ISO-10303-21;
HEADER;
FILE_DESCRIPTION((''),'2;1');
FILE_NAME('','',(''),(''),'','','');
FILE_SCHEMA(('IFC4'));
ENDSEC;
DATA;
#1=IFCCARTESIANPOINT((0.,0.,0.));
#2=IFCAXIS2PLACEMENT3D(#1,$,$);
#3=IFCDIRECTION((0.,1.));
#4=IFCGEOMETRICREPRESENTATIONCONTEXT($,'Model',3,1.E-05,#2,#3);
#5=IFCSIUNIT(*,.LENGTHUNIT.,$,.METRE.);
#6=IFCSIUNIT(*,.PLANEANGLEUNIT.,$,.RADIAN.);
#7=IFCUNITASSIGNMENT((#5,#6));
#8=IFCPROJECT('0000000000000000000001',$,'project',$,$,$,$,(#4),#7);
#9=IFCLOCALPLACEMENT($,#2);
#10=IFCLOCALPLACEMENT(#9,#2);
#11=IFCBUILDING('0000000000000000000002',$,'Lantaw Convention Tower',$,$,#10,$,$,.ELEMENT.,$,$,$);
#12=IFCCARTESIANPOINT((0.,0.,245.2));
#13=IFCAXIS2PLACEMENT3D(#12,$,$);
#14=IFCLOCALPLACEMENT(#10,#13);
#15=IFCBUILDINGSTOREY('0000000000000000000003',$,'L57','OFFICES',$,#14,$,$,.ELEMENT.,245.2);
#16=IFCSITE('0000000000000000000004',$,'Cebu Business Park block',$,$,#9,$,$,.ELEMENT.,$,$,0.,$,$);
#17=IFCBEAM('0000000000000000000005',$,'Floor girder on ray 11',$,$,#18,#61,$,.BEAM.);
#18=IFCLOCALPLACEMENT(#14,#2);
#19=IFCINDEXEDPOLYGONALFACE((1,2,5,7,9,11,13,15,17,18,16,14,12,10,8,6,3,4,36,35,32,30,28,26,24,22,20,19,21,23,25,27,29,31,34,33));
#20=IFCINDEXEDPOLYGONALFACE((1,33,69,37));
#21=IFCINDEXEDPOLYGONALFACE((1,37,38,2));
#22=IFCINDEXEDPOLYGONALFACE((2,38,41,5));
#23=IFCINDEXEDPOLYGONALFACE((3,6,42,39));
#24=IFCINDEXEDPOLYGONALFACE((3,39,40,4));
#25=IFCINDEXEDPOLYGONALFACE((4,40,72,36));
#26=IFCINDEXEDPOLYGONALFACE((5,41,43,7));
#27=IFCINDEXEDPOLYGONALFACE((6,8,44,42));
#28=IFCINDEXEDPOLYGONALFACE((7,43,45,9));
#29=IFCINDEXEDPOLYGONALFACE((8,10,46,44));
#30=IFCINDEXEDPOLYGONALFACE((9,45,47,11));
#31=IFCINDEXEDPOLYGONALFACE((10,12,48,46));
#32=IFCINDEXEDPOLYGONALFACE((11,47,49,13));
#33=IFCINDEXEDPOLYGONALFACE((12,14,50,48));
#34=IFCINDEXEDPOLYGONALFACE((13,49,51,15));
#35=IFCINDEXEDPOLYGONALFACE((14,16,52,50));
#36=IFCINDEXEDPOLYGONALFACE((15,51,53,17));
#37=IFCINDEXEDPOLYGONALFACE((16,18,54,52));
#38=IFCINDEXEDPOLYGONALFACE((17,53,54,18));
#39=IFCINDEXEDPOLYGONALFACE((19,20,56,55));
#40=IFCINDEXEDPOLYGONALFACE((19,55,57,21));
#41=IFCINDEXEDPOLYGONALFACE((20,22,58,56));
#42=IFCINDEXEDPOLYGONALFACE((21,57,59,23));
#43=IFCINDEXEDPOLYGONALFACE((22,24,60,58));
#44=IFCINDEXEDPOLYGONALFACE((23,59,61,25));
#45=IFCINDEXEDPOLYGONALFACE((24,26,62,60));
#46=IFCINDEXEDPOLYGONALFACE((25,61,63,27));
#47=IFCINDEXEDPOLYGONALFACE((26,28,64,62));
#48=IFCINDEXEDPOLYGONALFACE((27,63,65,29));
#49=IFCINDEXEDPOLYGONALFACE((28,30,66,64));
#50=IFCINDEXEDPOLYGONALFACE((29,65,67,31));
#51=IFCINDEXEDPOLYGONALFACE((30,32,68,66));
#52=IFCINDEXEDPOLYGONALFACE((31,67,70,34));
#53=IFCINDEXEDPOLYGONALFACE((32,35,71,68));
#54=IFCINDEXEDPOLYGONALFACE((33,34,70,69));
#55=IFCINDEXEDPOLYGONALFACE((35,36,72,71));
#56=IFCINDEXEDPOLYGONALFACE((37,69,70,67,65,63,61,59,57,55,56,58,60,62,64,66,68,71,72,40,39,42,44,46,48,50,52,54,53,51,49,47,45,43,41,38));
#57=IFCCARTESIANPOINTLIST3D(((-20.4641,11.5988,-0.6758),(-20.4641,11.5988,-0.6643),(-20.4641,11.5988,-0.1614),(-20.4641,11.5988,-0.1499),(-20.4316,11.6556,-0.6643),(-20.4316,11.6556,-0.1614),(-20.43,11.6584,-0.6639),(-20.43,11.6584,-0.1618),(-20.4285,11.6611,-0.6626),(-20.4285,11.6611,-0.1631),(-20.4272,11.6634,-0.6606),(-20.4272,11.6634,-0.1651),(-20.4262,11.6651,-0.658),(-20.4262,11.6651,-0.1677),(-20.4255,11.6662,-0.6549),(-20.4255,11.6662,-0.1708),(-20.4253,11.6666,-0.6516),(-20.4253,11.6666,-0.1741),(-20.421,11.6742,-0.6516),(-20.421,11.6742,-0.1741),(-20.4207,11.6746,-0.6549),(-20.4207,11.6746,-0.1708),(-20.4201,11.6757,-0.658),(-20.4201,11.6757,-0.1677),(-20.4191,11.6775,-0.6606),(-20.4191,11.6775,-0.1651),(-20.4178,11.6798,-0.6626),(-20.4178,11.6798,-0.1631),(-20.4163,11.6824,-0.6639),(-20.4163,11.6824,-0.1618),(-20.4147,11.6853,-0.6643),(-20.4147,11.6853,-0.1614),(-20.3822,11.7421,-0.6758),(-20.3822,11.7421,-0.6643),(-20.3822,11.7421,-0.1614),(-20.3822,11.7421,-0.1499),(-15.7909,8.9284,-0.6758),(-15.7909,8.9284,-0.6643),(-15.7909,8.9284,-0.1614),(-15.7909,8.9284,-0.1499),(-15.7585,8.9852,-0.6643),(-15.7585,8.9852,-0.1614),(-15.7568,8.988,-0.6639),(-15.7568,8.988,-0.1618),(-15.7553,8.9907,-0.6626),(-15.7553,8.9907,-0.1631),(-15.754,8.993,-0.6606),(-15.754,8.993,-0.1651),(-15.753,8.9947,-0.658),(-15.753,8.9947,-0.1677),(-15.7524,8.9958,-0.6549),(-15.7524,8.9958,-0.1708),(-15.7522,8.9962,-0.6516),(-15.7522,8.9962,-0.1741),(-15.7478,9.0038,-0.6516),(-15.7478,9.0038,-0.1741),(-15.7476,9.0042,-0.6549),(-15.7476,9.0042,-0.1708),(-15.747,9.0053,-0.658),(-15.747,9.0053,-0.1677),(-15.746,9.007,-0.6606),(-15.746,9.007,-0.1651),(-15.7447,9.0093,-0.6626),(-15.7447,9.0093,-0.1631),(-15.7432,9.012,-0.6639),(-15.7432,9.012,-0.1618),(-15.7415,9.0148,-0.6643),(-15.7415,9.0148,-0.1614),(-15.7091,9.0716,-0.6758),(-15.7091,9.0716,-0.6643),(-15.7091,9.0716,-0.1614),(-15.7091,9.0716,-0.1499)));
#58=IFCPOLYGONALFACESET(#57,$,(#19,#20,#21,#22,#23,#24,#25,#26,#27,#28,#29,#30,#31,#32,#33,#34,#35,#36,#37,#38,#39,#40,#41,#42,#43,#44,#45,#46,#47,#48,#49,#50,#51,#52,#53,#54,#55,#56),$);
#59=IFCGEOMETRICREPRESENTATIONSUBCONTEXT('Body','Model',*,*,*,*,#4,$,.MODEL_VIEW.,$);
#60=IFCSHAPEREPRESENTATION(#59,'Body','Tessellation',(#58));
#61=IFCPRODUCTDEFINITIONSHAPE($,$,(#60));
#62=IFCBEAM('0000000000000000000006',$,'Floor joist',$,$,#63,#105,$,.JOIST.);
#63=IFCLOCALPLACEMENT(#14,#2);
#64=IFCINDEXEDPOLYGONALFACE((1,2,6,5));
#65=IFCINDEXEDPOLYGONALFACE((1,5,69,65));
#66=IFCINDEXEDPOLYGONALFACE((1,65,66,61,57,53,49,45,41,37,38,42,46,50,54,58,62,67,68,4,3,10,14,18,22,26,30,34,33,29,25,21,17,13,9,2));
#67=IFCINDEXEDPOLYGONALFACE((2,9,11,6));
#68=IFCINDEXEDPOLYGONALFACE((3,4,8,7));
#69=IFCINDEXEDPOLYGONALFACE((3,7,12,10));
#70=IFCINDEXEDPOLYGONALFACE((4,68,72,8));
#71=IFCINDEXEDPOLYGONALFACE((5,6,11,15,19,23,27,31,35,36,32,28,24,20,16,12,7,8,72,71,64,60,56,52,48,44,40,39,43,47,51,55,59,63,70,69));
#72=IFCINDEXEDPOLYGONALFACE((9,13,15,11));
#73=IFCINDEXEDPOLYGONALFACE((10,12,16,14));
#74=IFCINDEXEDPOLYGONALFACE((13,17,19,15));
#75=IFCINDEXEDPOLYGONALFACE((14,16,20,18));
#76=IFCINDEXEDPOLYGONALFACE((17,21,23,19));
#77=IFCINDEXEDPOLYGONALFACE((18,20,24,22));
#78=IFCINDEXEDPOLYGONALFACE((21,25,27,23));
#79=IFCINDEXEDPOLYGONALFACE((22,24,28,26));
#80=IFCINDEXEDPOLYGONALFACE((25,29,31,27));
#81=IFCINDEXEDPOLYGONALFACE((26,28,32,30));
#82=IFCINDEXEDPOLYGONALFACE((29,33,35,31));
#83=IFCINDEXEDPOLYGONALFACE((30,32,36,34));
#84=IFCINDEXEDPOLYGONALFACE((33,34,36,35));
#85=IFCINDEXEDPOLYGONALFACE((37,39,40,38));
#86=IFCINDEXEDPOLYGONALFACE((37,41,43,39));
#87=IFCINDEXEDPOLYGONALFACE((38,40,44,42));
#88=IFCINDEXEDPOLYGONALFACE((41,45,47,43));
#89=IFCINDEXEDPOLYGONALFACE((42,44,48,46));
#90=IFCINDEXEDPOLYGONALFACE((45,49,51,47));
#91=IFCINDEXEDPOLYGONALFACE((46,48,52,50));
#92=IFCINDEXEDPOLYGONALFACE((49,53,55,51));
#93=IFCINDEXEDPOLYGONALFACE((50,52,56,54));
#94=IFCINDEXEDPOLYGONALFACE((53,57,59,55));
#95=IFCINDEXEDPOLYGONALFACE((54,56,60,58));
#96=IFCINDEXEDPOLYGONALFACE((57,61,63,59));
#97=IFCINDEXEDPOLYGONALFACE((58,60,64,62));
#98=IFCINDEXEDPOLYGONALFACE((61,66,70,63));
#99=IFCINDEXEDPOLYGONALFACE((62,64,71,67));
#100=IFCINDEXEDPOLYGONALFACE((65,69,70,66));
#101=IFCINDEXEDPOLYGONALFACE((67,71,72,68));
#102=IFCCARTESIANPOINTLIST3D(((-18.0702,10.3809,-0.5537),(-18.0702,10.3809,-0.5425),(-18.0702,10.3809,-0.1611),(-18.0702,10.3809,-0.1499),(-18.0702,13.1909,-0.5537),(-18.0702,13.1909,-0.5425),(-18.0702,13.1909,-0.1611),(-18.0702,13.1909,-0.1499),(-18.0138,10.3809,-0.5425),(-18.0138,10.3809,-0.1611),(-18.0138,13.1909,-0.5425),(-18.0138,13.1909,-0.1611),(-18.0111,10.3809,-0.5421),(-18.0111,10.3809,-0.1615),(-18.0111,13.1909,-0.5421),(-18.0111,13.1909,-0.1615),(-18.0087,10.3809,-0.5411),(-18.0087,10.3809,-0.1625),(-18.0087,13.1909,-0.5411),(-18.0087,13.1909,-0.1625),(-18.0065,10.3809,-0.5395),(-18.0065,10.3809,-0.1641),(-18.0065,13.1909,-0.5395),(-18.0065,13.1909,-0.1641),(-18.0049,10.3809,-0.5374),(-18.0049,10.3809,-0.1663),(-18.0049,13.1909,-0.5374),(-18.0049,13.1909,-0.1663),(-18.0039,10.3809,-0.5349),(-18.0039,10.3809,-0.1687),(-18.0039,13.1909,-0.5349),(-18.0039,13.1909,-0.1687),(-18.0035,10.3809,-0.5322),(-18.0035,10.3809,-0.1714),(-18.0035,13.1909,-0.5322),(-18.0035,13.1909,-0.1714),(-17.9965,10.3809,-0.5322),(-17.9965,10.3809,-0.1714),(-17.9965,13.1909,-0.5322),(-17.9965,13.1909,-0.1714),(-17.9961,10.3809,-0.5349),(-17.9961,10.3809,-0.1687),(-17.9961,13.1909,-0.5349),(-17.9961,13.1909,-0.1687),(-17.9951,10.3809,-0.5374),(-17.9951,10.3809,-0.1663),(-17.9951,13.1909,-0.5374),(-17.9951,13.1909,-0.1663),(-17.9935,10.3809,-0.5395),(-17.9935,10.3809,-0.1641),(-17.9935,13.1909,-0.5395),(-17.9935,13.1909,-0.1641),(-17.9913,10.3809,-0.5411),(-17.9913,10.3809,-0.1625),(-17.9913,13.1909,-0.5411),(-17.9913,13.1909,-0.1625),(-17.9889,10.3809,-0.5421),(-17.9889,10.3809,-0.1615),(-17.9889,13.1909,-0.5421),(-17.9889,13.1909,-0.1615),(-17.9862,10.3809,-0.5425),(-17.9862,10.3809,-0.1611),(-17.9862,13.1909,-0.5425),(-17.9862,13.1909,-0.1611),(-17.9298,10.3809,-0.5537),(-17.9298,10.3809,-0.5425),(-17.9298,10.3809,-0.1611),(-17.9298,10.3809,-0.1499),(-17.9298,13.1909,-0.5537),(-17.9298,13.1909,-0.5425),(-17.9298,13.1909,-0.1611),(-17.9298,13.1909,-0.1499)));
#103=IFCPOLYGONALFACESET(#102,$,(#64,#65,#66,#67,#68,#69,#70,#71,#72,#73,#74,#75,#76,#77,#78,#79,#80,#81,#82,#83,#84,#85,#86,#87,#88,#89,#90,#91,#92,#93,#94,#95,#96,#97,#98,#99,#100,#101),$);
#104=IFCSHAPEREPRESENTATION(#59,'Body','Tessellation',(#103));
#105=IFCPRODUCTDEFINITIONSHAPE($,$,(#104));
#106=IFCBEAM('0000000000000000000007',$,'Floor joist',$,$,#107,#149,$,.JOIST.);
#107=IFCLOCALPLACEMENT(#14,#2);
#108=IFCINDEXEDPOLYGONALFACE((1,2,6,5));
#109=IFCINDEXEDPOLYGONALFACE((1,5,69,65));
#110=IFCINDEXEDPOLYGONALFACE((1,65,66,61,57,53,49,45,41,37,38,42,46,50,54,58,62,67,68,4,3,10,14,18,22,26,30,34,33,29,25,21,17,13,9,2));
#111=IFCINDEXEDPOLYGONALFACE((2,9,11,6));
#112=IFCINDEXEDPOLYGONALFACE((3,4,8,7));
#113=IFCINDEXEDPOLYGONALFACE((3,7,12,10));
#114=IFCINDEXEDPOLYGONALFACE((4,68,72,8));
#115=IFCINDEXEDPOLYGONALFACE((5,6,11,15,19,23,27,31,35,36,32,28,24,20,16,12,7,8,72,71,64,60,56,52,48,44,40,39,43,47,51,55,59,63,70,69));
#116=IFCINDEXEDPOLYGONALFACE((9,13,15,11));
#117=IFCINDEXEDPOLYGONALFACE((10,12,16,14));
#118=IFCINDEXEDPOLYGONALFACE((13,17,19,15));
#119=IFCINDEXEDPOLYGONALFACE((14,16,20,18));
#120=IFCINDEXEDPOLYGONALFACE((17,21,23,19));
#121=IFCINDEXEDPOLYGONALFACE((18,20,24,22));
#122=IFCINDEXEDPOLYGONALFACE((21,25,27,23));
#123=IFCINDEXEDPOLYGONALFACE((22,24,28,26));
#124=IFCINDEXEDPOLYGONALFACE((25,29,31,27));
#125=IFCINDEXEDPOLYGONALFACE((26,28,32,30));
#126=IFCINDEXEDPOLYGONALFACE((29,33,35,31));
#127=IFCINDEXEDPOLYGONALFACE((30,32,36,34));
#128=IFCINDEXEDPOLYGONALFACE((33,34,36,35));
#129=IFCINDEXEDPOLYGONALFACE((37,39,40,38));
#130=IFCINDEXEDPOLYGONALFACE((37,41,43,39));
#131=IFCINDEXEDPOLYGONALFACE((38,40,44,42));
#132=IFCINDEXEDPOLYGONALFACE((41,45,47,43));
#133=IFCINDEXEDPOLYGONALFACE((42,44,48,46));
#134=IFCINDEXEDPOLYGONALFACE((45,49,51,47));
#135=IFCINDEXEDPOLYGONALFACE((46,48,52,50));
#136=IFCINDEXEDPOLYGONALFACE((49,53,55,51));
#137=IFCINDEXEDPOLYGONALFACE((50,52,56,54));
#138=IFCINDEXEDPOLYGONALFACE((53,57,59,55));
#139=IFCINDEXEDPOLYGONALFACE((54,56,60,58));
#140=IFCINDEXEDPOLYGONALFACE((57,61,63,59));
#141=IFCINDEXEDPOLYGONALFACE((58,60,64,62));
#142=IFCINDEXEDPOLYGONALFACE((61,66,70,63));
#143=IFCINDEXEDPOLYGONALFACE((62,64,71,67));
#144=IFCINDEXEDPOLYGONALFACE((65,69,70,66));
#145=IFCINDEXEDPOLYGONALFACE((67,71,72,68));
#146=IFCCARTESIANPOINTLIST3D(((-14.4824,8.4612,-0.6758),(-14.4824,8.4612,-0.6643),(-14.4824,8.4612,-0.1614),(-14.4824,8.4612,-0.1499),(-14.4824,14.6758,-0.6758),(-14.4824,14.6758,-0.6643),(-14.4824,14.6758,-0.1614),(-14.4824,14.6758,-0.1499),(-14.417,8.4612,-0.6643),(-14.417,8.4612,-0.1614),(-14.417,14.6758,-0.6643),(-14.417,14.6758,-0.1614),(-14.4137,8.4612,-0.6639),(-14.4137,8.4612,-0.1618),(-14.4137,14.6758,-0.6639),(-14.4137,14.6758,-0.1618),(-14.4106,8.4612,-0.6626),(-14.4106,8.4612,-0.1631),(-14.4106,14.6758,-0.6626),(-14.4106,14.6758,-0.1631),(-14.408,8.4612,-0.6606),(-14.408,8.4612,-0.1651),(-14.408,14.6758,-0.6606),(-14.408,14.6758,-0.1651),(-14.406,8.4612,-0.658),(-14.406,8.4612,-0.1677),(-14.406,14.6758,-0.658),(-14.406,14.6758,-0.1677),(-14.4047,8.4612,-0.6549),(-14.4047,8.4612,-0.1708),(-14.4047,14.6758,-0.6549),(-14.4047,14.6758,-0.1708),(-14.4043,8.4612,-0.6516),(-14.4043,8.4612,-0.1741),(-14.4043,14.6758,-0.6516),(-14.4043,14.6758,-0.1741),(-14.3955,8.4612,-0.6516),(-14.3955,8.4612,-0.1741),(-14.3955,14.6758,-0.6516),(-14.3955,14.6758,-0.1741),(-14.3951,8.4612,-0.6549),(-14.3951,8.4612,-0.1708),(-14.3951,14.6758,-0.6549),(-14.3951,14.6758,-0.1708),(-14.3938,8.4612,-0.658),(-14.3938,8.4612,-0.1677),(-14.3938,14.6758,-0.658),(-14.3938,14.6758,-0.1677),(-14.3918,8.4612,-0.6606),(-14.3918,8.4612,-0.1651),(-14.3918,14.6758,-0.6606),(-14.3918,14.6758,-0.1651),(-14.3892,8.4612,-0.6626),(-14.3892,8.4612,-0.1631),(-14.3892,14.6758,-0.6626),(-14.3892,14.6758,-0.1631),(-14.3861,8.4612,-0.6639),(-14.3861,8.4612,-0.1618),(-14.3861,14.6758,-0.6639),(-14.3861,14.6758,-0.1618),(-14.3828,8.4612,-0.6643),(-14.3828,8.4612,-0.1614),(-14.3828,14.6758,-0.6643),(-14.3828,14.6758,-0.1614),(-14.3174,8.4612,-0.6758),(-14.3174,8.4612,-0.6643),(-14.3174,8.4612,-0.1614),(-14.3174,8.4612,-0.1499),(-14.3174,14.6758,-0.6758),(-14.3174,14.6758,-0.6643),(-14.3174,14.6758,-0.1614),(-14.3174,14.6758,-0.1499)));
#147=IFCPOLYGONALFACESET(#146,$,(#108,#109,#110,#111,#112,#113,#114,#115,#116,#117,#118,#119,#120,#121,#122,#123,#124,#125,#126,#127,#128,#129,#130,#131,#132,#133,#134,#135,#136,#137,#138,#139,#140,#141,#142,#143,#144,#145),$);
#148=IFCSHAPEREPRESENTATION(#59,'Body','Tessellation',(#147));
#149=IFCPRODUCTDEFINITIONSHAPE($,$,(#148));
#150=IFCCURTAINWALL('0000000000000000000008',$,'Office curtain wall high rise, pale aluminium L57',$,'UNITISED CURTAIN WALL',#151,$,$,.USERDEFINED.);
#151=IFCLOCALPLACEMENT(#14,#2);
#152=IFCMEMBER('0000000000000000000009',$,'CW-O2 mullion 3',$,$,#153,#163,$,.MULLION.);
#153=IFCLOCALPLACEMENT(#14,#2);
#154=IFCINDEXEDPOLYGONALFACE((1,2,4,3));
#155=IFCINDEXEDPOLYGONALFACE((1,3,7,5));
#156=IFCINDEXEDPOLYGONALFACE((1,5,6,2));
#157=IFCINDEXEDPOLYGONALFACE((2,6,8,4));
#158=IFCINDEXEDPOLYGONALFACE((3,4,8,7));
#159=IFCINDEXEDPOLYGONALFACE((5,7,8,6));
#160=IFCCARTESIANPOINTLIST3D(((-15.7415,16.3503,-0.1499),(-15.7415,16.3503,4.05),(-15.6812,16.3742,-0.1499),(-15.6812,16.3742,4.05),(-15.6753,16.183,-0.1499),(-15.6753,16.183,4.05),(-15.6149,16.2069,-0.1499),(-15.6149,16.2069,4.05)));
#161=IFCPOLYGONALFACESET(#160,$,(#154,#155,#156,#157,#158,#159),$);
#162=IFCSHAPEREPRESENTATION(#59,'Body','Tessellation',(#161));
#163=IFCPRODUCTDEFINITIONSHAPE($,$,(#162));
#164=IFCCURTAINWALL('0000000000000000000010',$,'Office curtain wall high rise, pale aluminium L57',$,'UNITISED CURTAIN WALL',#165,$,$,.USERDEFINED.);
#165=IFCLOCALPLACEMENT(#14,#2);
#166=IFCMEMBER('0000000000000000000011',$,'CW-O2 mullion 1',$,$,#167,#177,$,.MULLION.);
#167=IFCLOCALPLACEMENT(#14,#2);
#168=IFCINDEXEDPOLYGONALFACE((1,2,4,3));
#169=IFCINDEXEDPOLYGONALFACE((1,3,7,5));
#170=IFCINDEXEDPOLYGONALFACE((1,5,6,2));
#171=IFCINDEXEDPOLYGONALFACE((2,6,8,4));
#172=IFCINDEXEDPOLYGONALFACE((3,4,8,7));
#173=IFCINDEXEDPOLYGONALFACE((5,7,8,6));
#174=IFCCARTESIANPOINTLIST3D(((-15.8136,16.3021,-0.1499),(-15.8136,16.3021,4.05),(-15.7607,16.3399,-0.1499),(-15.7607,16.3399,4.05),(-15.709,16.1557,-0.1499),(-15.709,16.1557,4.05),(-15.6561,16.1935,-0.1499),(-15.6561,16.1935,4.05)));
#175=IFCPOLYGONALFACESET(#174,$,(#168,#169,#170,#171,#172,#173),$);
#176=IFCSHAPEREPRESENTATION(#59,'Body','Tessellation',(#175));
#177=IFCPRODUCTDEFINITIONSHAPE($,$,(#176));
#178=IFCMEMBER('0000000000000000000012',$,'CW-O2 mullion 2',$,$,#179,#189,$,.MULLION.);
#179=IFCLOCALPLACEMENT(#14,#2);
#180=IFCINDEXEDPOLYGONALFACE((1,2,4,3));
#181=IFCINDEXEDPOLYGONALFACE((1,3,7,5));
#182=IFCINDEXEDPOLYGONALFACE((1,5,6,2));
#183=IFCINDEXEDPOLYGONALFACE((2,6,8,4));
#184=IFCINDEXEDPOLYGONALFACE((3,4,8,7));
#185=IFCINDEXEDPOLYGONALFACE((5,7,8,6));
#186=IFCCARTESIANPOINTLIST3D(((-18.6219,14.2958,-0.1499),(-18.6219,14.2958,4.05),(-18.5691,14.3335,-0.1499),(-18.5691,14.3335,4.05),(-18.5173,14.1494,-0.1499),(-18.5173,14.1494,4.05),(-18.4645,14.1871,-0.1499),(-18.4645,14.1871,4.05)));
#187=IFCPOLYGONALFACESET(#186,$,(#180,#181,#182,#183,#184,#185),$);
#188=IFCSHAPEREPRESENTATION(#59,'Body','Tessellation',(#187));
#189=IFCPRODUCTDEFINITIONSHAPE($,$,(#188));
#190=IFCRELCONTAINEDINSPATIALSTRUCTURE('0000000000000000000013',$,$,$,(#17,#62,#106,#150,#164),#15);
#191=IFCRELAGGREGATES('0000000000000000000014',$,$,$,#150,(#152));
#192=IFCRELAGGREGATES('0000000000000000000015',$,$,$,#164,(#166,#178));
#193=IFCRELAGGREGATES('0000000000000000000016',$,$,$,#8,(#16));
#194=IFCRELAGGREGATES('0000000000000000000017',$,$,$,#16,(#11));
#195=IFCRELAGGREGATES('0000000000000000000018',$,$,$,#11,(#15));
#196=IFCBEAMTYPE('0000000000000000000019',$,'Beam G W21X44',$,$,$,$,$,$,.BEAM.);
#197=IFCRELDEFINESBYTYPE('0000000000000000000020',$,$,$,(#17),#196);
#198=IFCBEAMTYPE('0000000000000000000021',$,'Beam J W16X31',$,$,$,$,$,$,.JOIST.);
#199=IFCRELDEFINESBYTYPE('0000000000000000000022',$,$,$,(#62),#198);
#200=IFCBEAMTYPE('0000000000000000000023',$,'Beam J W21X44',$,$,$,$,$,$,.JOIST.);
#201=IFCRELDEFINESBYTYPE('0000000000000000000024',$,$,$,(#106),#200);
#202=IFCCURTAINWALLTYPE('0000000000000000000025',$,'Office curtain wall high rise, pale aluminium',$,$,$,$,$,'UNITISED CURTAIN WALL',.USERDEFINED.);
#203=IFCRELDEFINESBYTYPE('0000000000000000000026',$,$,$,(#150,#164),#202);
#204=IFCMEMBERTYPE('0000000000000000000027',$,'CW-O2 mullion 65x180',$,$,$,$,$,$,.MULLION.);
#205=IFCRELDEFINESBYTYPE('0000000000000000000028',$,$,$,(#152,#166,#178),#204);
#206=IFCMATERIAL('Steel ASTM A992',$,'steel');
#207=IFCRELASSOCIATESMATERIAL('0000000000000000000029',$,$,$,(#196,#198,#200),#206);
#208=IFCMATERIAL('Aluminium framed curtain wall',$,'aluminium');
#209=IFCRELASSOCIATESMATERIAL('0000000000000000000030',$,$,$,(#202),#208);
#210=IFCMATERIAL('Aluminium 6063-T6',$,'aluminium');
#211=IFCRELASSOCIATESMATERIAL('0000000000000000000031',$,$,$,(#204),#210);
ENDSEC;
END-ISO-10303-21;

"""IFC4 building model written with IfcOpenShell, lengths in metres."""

from ifc_helpers import new_model, si_unit, direction, frame, origin, origin_2d, place, context, subcontext, project, spatial, rectangle, i_section, extrude, material, material_profile, profile_set, type_object, element, aggregate, save


model = new_model("IFC4")

# Units and contexts
model_context = context("Model", 3, precision=1e-05, world=origin(), true_north=direction((0.0, 1.0)))
body_context = subcontext(model_context, "Body", "Model", "MODEL_VIEW")
ifc_project = project(units=[si_unit("LENGTHUNIT", "METRE"), si_unit("PLANEANGLEUNIT", "RADIAN")], contexts=[model_context])

# Site, building, storey
site_placement = place(None, origin())
site = spatial("IfcSite", under=ifc_project, at=site_placement, Name="Cebu Business Park block", CompositionType="ELEMENT", RefElevation=0.0)
building_placement = place(site_placement, origin())
building = spatial("IfcBuilding", under=site, at=building_placement, Name="Lantaw Convention Tower", CompositionType="ELEMENT")
storey_placement = place(building_placement, frame((0.0, 0.0, 245.2)))
storey = spatial("IfcBuildingStorey", under=building, at=storey_placement, Name="L57", Description="OFFICES", CompositionType="ELEMENT", Elevation=245.2)

# Beams
ifc_material_1 = material(Name="Steel ASTM A992", Category="steel")
ifc_material_profile_1 = material_profile(ifc_material_1, i_section(OverallWidth=0.165, OverallDepth=0.5259, WebThickness=0.0088, FlangeThickness=0.0115, FilletRadius=0.0127, at=origin_2d()), Name="W21X44")
ifc_profile_set_1 = profile_set([ifc_material_profile_1], Name="Steel ASTM A992")
beam_type_1 = type_object("IfcBeamType", Name="Beam G W21X44", PredefinedType="BEAM", material=ifc_profile_set_1)
beam_1_placement = place(storey_placement, frame((-15.75, 9.0, -0.4128), z_axis=(-0.868238, 0.496149, 0.0), x_axis=(-0.496149, -0.868238, 0.0)))
element("IfcBeam", 1, at=beam_1_placement, inside=storey, type_object=beam_type_1, Name="Floor girder on ray 11", PredefinedType="BEAM", context=body_context, shape_type="SweptSolid", body=[
    extrude(i_section(OverallWidth=0.165, OverallDepth=0.5259, WebThickness=0.0088, FlangeThickness=0.0115, FilletRadius=0.0127, at=origin_2d()), origin(), (0.0, 0.0, 1.0), 5.3823),
])
ifc_material_profile_2 = material_profile(ifc_material_1, i_section(OverallWidth=0.1404, OverallDepth=0.4038, WebThickness=0.0071, FlangeThickness=0.0112, FilletRadius=0.0103, at=origin_2d()), Name="W16X31")
ifc_profile_set_2 = profile_set([ifc_material_profile_2], Name="Steel ASTM A992")
beam_type_2 = type_object("IfcBeamType", Name="Beam J W16X31", PredefinedType="JOIST", material=ifc_profile_set_2)
beam_2_placement = place(storey_placement, frame((-18.0, 10.3809, -0.3518), z_axis=(0.0, 1.0, 0.0), x_axis=(-1.0, 0.0, 0.0)))
element("IfcBeam", 2, at=beam_2_placement, inside=storey, type_object=beam_type_2, Name="Floor joist", PredefinedType="JOIST", context=body_context, shape_type="SweptSolid", body=[
    extrude(i_section(OverallWidth=0.1404, OverallDepth=0.4038, WebThickness=0.0071, FlangeThickness=0.0112, FilletRadius=0.0103, at=origin_2d()), origin(), (0.0, 0.0, 1.0), 2.8101),
])
ifc_material_profile_3 = material_profile(ifc_material_1, i_section(OverallWidth=0.165, OverallDepth=0.5259, WebThickness=0.0088, FlangeThickness=0.0115, FilletRadius=0.0127, at=origin_2d()), Name="W21X44")
ifc_profile_set_3 = profile_set([ifc_material_profile_3], Name="Steel ASTM A992")
beam_type_3 = type_object("IfcBeamType", Name="Beam J W21X44", PredefinedType="JOIST", material=ifc_profile_set_3)
beam_3_placement = place(storey_placement, frame((-14.3999, 8.4612, -0.4128), z_axis=(0.0, 1.0, 0.0), x_axis=(-1.0, 0.0, 0.0)))
element("IfcBeam", 3, at=beam_3_placement, inside=storey, type_object=beam_type_3, Name="Floor joist", PredefinedType="JOIST", context=body_context, shape_type="SweptSolid", body=[
    extrude(i_section(OverallWidth=0.165, OverallDepth=0.5259, WebThickness=0.0088, FlangeThickness=0.0115, FilletRadius=0.0127, at=origin_2d()), origin(), (0.0, 0.0, 1.0), 6.2146),
])

# Curtain wall, member
ifc_material_2 = material(Name="Aluminium framed curtain wall", Category="aluminium")
curtain_wall_type = type_object("IfcCurtainWallType", Name="Office curtain wall high rise, pale aluminium", ElementType="UNITISED CURTAIN WALL", PredefinedType="USERDEFINED", material=ifc_material_2)
curtain_wall_1_placement = place(storey_placement, origin())
curtain_wall_1 = element("IfcCurtainWall", 4, at=curtain_wall_1_placement, inside=storey, type_object=curtain_wall_type, Name="Office curtain wall high rise, pale aluminium L57", ObjectType="UNITISED CURTAIN WALL", PredefinedType="USERDEFINED")
ifc_material_3 = material(Name="Aluminium 6063-T6", Category="aluminium")
ifc_material_profile_4 = material_profile(ifc_material_3, rectangle(XDim=0.1799, YDim=0.0649, at=origin_2d()), Name="CW-O2 mullion 65x180")
ifc_profile_set_4 = profile_set([ifc_material_profile_4], Name="Aluminium 6063-T6")
member_type_1 = type_object("IfcMemberType", Name="CW-O2 mullion 65x180", PredefinedType="MULLION", material=ifc_profile_set_4)
member_1_placement = place(storey_placement, frame((-15.6782, 16.2786, -0.1499), z_axis=(0.0, 0.0, 1.0), x_axis=(0.368162, -0.929762, 0.0)))
member_1 = element("IfcMember", 5, at=member_1_placement, type_object=member_type_1, Name="CW-O2 mullion 3", PredefinedType="MULLION", context=body_context, shape_type="SweptSolid", body=[
    extrude(rectangle(XDim=0.1799, YDim=0.0649, at=origin_2d()), origin(), (0.0, 0.0, 1.0), 4.2),
])

# Curtain wall, members
curtain_wall_2_placement = place(storey_placement, origin())
curtain_wall_2 = element("IfcCurtainWall", 6, at=curtain_wall_2_placement, inside=storey, type_object=curtain_wall_type, Name="Office curtain wall high rise, pale aluminium L57", ObjectType="UNITISED CURTAIN WALL", PredefinedType="USERDEFINED")
member_2_placement = place(storey_placement, frame((-15.7349, 16.2478, -0.1499), z_axis=(0.0, 0.0, 1.0), x_axis=(0.581323, -0.813673, 0.0)))
member_2 = element("IfcMember", 7, at=member_2_placement, type_object=member_type_1, Name="CW-O2 mullion 1", PredefinedType="MULLION", context=body_context, shape_type="SweptSolid", body=[
    extrude(rectangle(XDim=0.1799, YDim=0.0649, at=origin_2d()), origin(), (0.0, 0.0, 1.0), 4.2),
])
member_3_placement = place(storey_placement, frame((-18.5432, 14.2415, -0.1499), z_axis=(0.0, 0.0, 1.0), x_axis=(0.581323, -0.813673, 0.0)))
member_3 = element("IfcMember", 8, at=member_3_placement, type_object=member_type_1, Name="CW-O2 mullion 2", PredefinedType="MULLION", context=body_context, shape_type="SweptSolid", body=[
    extrude(rectangle(XDim=0.1799, YDim=0.0649, at=origin_2d()), origin(), (0.0, 0.0, 1.0), 4.2),
])

aggregate(curtain_wall_1, [member_1])
aggregate(curtain_wall_2, [member_2, member_3])

save(model, "model.ifc")
